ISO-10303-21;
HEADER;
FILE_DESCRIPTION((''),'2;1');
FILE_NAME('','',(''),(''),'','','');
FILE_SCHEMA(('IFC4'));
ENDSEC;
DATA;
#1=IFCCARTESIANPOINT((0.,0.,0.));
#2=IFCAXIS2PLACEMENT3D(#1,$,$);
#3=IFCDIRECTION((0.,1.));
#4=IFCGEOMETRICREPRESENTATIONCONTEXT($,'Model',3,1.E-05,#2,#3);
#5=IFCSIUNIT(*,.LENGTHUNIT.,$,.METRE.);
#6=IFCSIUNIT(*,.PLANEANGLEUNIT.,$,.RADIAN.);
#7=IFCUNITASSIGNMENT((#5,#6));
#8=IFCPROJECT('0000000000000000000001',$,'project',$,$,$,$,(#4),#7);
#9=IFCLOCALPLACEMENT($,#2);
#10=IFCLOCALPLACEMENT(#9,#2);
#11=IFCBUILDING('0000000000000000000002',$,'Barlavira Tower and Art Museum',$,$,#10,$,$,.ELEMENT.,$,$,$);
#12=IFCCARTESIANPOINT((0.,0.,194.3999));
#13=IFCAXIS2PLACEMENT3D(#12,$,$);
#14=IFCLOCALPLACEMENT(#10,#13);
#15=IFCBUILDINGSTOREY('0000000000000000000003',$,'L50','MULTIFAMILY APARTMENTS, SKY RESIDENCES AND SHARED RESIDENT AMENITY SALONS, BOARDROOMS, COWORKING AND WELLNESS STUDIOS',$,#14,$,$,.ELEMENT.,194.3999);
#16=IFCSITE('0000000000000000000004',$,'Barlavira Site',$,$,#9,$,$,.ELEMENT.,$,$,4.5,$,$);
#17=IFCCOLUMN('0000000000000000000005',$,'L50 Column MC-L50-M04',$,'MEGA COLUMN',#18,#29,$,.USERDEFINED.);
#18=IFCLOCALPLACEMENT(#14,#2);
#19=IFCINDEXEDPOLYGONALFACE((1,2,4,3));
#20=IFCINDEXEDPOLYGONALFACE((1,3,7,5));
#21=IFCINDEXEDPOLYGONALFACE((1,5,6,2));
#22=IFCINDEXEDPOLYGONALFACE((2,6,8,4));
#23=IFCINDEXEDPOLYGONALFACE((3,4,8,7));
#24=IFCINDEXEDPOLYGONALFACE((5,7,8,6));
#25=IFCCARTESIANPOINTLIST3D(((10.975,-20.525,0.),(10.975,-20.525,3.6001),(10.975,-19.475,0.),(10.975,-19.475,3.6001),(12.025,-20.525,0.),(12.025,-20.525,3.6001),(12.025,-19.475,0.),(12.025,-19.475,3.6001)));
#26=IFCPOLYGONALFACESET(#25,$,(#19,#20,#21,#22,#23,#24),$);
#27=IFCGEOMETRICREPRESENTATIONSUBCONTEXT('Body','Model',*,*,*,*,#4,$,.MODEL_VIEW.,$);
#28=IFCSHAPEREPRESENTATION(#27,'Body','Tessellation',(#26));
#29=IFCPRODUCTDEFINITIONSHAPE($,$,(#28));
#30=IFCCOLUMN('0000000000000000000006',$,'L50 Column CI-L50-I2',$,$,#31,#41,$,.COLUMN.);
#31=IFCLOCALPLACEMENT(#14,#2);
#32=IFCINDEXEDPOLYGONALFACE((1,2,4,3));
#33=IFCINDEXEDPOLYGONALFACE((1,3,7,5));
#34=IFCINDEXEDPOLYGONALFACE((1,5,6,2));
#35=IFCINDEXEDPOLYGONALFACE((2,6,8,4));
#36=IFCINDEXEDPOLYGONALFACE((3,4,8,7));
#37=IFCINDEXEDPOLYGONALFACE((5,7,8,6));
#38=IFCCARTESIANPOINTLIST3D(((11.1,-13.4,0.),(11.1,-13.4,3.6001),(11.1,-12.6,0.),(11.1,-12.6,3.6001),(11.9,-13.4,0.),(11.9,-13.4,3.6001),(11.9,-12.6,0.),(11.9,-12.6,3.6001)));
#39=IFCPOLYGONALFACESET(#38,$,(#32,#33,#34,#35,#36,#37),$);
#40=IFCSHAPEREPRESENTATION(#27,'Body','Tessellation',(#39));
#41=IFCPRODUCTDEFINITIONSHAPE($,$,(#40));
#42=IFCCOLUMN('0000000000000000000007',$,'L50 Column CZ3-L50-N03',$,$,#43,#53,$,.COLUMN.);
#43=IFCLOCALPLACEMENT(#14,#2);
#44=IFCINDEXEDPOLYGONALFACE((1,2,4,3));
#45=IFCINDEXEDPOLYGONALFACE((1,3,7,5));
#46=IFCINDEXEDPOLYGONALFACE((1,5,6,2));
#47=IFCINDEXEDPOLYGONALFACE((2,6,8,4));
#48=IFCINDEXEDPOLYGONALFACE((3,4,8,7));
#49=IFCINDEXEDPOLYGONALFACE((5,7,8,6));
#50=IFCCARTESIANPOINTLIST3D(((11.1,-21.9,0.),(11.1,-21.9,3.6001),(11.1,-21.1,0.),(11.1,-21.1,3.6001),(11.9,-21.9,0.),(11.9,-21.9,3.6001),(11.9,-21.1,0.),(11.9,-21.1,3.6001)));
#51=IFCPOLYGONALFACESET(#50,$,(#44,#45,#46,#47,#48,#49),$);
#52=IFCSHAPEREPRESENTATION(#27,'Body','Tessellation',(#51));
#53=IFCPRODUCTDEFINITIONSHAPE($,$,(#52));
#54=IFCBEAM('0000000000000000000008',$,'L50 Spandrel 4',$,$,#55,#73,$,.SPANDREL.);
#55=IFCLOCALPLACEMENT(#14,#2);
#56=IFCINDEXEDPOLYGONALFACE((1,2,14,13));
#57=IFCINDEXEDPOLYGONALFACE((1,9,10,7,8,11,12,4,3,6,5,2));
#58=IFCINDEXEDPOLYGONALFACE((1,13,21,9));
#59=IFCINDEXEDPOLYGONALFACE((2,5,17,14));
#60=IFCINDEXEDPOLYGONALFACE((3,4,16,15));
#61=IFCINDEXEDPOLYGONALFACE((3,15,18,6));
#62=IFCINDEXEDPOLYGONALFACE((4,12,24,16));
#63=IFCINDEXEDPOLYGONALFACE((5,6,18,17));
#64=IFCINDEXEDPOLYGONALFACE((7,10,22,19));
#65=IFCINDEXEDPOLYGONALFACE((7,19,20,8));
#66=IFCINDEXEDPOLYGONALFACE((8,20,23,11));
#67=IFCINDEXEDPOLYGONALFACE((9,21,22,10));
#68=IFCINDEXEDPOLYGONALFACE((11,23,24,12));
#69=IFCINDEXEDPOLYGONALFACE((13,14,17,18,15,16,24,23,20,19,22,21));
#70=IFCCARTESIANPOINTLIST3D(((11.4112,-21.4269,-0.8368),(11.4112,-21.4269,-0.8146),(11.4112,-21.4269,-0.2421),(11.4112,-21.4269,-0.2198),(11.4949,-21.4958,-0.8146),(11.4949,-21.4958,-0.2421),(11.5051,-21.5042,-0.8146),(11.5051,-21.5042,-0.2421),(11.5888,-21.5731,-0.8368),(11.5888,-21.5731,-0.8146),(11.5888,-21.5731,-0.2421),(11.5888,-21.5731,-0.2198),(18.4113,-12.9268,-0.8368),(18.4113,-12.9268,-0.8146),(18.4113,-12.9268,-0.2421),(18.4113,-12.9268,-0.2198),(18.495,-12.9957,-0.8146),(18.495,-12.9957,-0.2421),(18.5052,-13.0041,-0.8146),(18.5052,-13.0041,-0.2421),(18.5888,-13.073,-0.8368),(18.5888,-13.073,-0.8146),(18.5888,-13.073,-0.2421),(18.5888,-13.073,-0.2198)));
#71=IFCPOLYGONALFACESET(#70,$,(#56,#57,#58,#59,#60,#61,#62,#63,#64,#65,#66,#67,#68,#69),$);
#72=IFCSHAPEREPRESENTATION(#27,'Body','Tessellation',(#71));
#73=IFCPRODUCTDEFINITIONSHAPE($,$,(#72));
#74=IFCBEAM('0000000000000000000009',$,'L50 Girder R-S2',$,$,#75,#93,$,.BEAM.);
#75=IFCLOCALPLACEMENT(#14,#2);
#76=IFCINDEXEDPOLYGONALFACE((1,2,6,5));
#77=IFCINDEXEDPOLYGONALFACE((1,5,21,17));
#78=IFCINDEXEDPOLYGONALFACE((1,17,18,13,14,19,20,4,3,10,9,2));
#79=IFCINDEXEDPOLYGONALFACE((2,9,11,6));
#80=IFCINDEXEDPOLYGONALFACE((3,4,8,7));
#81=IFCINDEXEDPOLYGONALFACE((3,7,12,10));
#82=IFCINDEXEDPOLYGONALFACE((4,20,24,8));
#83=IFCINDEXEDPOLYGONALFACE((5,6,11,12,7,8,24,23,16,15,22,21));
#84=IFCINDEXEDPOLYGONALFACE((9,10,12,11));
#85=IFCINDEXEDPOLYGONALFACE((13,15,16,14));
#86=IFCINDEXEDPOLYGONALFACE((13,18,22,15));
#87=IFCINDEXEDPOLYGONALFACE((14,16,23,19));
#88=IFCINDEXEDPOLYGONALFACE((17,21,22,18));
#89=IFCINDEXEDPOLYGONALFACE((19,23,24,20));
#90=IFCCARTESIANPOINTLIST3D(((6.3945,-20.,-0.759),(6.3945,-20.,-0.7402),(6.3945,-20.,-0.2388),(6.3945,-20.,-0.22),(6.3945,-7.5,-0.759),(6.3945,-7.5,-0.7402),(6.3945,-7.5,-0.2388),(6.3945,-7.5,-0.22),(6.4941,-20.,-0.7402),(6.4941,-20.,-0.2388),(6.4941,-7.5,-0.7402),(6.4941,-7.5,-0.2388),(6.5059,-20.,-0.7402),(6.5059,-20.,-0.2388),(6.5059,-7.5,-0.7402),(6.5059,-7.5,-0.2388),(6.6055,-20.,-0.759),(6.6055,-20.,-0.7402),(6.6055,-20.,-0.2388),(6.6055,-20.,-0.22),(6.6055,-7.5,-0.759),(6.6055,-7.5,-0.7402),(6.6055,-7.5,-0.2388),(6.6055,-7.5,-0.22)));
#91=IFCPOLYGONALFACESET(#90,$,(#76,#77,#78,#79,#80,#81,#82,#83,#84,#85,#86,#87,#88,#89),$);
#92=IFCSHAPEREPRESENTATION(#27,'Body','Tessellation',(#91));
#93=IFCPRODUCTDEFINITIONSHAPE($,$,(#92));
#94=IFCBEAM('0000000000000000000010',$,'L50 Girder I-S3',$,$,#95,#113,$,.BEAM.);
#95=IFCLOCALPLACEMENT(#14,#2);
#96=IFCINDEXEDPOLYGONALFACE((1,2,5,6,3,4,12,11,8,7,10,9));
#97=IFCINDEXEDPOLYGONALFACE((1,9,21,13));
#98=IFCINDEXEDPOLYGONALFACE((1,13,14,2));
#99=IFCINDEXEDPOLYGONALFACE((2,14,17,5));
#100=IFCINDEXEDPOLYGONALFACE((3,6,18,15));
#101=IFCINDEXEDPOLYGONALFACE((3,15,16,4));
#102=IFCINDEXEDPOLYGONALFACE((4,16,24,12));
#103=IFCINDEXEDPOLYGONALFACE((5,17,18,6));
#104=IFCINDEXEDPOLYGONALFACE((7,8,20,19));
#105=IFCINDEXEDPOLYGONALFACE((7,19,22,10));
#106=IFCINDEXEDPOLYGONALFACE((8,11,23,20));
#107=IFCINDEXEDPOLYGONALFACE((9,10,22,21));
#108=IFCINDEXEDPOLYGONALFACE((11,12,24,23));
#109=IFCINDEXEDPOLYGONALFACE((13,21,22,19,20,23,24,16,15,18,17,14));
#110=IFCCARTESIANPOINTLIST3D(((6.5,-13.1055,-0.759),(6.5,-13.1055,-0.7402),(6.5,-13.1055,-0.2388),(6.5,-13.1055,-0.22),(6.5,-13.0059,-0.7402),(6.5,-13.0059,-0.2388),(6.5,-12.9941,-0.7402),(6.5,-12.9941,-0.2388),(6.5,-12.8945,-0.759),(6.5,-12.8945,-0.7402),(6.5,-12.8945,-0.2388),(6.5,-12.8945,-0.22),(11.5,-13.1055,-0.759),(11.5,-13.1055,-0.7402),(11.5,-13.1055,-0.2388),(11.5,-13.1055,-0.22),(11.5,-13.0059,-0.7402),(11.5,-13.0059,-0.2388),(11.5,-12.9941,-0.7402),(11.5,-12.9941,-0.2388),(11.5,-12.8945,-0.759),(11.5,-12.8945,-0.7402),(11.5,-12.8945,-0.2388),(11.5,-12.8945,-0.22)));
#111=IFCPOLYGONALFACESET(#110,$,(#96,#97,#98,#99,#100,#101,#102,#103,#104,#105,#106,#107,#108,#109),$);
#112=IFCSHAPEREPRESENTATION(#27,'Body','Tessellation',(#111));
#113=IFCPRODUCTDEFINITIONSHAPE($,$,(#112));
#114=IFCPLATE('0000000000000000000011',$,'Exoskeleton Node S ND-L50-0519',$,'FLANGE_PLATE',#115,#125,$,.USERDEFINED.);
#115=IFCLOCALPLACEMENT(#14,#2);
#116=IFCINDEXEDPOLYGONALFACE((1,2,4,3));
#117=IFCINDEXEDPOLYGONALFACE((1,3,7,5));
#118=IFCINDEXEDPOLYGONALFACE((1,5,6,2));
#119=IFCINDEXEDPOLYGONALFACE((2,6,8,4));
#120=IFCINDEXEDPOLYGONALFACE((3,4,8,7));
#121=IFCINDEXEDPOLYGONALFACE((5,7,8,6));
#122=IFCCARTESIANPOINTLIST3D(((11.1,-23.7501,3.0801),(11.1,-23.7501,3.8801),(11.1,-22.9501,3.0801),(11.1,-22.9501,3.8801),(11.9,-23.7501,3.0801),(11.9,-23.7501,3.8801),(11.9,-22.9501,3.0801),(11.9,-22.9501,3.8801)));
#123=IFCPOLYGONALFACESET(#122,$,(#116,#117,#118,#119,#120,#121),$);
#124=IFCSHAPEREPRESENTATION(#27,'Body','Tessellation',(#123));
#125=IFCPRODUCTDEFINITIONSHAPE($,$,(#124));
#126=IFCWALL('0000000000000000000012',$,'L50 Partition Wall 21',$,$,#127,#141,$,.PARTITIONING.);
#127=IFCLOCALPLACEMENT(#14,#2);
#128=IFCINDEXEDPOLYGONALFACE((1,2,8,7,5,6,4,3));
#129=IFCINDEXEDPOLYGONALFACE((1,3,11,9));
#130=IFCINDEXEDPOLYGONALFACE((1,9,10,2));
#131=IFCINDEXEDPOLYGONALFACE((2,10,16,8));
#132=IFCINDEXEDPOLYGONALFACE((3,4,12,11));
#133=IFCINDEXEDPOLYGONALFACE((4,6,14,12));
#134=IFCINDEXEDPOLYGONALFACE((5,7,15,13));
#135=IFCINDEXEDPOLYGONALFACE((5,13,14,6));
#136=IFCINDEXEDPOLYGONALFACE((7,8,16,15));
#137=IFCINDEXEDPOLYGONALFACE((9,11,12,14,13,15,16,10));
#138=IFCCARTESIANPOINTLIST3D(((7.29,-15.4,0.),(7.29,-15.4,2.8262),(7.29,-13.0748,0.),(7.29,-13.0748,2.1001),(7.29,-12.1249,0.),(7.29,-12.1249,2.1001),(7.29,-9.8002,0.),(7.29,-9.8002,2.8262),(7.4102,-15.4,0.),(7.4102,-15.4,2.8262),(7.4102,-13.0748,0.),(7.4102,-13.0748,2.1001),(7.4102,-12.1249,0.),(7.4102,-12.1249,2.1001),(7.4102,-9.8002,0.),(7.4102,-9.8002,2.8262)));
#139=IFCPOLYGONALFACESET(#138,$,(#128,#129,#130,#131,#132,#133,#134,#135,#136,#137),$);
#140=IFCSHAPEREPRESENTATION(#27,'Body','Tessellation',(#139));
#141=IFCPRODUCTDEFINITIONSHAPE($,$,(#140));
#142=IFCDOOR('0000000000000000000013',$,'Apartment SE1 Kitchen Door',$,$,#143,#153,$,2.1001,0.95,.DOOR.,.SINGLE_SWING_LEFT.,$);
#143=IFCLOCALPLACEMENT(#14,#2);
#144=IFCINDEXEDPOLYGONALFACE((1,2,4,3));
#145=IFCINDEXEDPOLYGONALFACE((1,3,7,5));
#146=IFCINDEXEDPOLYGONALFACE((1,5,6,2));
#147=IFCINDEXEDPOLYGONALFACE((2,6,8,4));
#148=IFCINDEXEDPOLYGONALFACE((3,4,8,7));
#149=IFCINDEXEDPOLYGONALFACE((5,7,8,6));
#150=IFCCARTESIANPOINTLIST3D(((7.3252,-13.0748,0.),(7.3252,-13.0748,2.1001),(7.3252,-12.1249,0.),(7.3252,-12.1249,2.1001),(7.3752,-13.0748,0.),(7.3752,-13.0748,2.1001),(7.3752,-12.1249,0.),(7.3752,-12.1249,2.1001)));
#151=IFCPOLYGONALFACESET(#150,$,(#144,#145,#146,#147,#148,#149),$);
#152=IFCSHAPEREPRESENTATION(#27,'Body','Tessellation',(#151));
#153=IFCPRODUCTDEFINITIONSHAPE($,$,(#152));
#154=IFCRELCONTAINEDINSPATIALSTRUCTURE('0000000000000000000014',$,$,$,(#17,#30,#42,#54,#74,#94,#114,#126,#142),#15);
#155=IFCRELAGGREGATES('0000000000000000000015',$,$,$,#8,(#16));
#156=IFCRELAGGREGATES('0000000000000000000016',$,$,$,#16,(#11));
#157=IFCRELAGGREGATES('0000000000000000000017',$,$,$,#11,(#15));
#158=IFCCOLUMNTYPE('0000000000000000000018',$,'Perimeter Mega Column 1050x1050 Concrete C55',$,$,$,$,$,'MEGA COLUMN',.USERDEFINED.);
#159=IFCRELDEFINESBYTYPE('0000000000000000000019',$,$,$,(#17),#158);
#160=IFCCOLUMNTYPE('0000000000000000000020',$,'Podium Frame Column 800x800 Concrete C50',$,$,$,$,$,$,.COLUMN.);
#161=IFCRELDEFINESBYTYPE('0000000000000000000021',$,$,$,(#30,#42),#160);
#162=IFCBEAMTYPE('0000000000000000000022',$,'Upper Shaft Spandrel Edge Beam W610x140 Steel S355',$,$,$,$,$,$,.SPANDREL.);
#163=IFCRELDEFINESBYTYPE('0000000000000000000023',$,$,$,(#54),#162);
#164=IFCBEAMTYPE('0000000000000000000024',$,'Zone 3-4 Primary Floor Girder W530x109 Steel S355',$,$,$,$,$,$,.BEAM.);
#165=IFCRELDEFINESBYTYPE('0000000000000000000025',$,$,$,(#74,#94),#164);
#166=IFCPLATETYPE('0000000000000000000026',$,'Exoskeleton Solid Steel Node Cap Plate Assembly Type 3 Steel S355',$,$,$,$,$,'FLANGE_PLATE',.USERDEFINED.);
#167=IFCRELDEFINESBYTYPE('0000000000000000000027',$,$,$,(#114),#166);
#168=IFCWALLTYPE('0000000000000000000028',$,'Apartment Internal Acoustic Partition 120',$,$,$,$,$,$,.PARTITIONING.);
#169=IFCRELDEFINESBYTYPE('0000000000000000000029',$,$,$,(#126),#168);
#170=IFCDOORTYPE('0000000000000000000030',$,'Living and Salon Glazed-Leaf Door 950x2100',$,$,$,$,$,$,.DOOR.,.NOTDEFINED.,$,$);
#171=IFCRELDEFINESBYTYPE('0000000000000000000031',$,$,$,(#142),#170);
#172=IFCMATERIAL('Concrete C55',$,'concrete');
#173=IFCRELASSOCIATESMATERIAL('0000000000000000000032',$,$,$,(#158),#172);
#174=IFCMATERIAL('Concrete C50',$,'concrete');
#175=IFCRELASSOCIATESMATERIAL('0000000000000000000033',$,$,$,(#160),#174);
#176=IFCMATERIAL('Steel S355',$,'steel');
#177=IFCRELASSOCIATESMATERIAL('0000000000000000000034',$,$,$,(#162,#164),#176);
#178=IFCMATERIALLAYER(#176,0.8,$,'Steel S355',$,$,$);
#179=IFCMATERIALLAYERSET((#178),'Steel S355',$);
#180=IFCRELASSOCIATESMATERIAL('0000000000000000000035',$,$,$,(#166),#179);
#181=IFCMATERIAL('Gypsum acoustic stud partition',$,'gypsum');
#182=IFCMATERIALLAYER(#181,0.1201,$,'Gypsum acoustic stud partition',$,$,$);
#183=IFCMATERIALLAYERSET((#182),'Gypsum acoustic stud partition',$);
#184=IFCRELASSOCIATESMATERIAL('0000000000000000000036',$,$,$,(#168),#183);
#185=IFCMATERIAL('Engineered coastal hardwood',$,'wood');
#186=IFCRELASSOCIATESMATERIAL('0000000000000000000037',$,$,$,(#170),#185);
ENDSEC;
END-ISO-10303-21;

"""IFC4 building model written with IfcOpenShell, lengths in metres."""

from ifc_helpers import new_model, si_unit, direction, frame, frame_2d, origin, origin_2d, place, context, subcontext, project, spatial, rectangle, i_section, extrude, material, layer, layer_set, material_profile, profile_set, type_object, element, fill, save


model = new_model("IFC4")

# Units and contexts
model_context = context("Model", 3, precision=1e-05, world=origin(), true_north=direction((0.0, 1.0)))
body_context = subcontext(model_context, "Body", "Model", "MODEL_VIEW")
ifc_project = project(units=[si_unit("LENGTHUNIT", "METRE"), si_unit("PLANEANGLEUNIT", "RADIAN")], contexts=[model_context])

# Site, building, storey
site_placement = place(None, origin())
site = spatial("IfcSite", under=ifc_project, at=site_placement, Name="Barlavira Site", CompositionType="ELEMENT", RefElevation=4.5)
building_placement = place(site_placement, origin())
building = spatial("IfcBuilding", under=site, at=building_placement, Name="Barlavira Tower and Art Museum", CompositionType="ELEMENT")
storey_placement = place(building_placement, frame((0.0, 0.0, 194.3999)))
storey = spatial("IfcBuildingStorey", under=building, at=storey_placement, Name="L50", Description="MULTIFAMILY APARTMENTS, SKY RESIDENCES AND SHARED RESIDENT AMENITY SALONS, BOARDROOMS, COWORKING AND WELLNESS STUDIOS", CompositionType="ELEMENT", Elevation=194.3999)

# Columns
ifc_material_1 = material(Name="Concrete C55", Category="concrete")
ifc_material_profile_1 = material_profile(ifc_material_1, rectangle(XDim=1.05, YDim=1.05, at=origin_2d()), Name="RC-COL 1050x1050")
ifc_profile_set_1 = profile_set([ifc_material_profile_1], Name="Concrete C55")
column_type_1 = type_object("IfcColumnType", Name="Perimeter Mega Column 1050x1050 Concrete C55", ElementType="MEGA COLUMN", PredefinedType="USERDEFINED", material=ifc_profile_set_1)
column_placement = place(storey_placement, frame((11.5, -20.0, 0.0), z_axis=(0.0, 0.0, 1.0), x_axis=(1.0, 0.0, 0.0)))
element("IfcColumn", 1, at=column_placement, inside=storey, type_object=column_type_1, Name="L50 Column MC-L50-M04", ObjectType="MEGA COLUMN", PredefinedType="USERDEFINED", context=body_context, shape_type="SweptSolid", body=[
    extrude(rectangle(XDim=1.05, YDim=1.05, at=origin_2d()), origin(), (0.0, 0.0, 1.0), 3.6001),
])
ifc_material_2 = material(Name="Concrete C50", Category="concrete")
ifc_material_profile_2 = material_profile(ifc_material_2, rectangle(XDim=0.8, YDim=0.8, at=origin_2d()), Name="RC-COL 800x800")
ifc_profile_set_2 = profile_set([ifc_material_profile_2], Name="Concrete C50")
column_type_2 = type_object("IfcColumnType", Name="Podium Frame Column 800x800 Concrete C50", PredefinedType="COLUMN", material=ifc_profile_set_2)
for number, where, z_axis, x_axis, name in (
    (2, (11.5, -13.0, 0.0), (0.0, 0.0, 1.0), (1.0, 0.0, 0.0), "L50 Column CI-L50-I2"),
    (3, (11.5, -21.5, 0.0), (0.0, 0.0, 1.0), (1.0, 0.0, 0.0), "L50 Column CZ3-L50-N03"),
):
    element("IfcColumn", number, at=place(storey_placement, frame(where, z_axis=z_axis, x_axis=x_axis)), inside=storey, type_object=column_type_2, Name=name, PredefinedType="COLUMN", context=body_context, shape_type="SweptSolid", body=[
        extrude(rectangle(XDim=0.8, YDim=0.8, at=origin_2d()), origin(), (0.0, 0.0, 1.0), 3.6001),
    ])

# Beams
ifc_material_3 = material(Name="Steel S355", Category="steel")
ifc_material_profile_3 = material_profile(ifc_material_3, i_section(OverallWidth=0.23, OverallDepth=0.6169, WebThickness=0.0132, FlangeThickness=0.0222, at=origin_2d()), Name="W610x140.0")
ifc_profile_set_3 = profile_set([ifc_material_profile_3], Name="Steel S355")
beam_type_1 = type_object("IfcBeamType", Name="Upper Shaft Spandrel Edge Beam W610x140 Steel S355", PredefinedType="SPANDREL", material=ifc_profile_set_3)
beam_1_placement = place(storey_placement, frame((11.5, -21.5, -0.5283), z_axis=(0.635707, 0.77193, 0.0), x_axis=(-0.77193, 0.635707, 0.0)))
element("IfcBeam", 4, at=beam_1_placement, inside=storey, type_object=beam_type_1, Name="L50 Spandrel 4", PredefinedType="SPANDREL", context=body_context, shape_type="SweptSolid", body=[
    extrude(i_section(OverallWidth=0.23, OverallDepth=0.6169, WebThickness=0.0132, FlangeThickness=0.0222, at=origin_2d()), origin(), (0.0, 0.0, 1.0), 11.0115),
])
ifc_material_profile_4 = material_profile(ifc_material_3, i_section(OverallWidth=0.2109, OverallDepth=0.5391, WebThickness=0.0117, FlangeThickness=0.0188, at=origin_2d()), Name="W530x109.0")
ifc_profile_set_4 = profile_set([ifc_material_profile_4], Name="Steel S355")
beam_type_2 = type_object("IfcBeamType", Name="Zone 3-4 Primary Floor Girder W530x109 Steel S355", PredefinedType="BEAM", material=ifc_profile_set_4)
beam_2_placement = place(storey_placement, frame((6.5, -20.0, -0.4895), z_axis=(0.0, 1.0, 0.0), x_axis=(-1.0, 0.0, 0.0)))
element("IfcBeam", 5, at=beam_2_placement, inside=storey, type_object=beam_type_2, Name="L50 Girder R-S2", PredefinedType="BEAM", context=body_context, shape_type="SweptSolid", body=[
    extrude(i_section(OverallWidth=0.2109, OverallDepth=0.5391, WebThickness=0.0117, FlangeThickness=0.0188, at=origin_2d()), origin(), (0.0, 0.0, 1.0), 12.5),
])
beam_3_placement = place(storey_placement, frame((6.5, -13.0, -0.4895), z_axis=(1.0, 0.0, 0.0), x_axis=(0.0, 1.0, 0.0)))
element("IfcBeam", 6, at=beam_3_placement, inside=storey, type_object=beam_type_2, Name="L50 Girder I-S3", PredefinedType="BEAM", context=body_context, shape_type="SweptSolid", body=[
    extrude(i_section(OverallWidth=0.2109, OverallDepth=0.5391, WebThickness=0.0117, FlangeThickness=0.0188, at=origin_2d()), origin(), (0.0, 0.0, 1.0), 5.0),
])

# Plate
ifc_layer_1 = layer(ifc_material_3, 0.8, Name="Steel S355")
ifc_layer_set_1 = layer_set([ifc_layer_1], Name="Steel S355")
plate_type = type_object("IfcPlateType", Name="Exoskeleton Solid Steel Node Cap Plate Assembly Type 3 Steel S355", ElementType="FLANGE_PLATE", PredefinedType="USERDEFINED", material=ifc_layer_set_1)
plate_placement = place(storey_placement, frame((11.5, -23.3501, 3.0801), z_axis=(0.0, 0.0, 1.0), x_axis=(1.0, 0.0, 0.0)))
element("IfcPlate", 7, at=plate_placement, inside=storey, type_object=plate_type, Name="Exoskeleton Node S ND-L50-0519", ObjectType="FLANGE_PLATE", PredefinedType="USERDEFINED", context=body_context, shape_type="SweptSolid", body=[
    extrude(rectangle(XDim=0.8, YDim=0.8, at=origin_2d()), origin(), (0.0, 0.0, 1.0), 0.8),
])

# Wall, opening, door
ifc_material_4 = material(Name="Gypsum acoustic stud partition", Category="gypsum")
ifc_layer_2 = layer(ifc_material_4, 0.1201, Name="Gypsum acoustic stud partition")
ifc_layer_set_2 = layer_set([ifc_layer_2], Name="Gypsum acoustic stud partition")
wall_type_1 = type_object("IfcWallType", Name="Apartment Internal Acoustic Partition 120", PredefinedType="PARTITIONING", material=ifc_layer_set_2)
wall_1_placement = place(storey_placement, frame((7.3501, -15.3999, 0.0), z_axis=(0.0, 0.0, 1.0), x_axis=(0.0, 1.0, 0.0)))
wall_1 = element("IfcWall", 8, at=wall_1_placement, inside=storey, type_object=wall_type_1, Name="L50 Partition Wall 21", PredefinedType="PARTITIONING", context=body_context, shape_type="SweptSolid", body=[
    extrude(rectangle(XDim=5.5999, YDim=0.1201, at=frame_2d((2.7998, 0.0))), origin(), (0.0, 0.0, 1.0), 2.8262),
])
opening_1_placement = place(wall_1_placement, frame((2.325, 0.0, 0.0)))
opening_1 = element("IfcOpeningElement", 9, at=opening_1_placement, cuts=wall_1, PredefinedType="OPENING", context=body_context, shape_type="SweptSolid", body=[
    extrude(rectangle(XDim=0.95, YDim=2.1001, at=frame_2d((0.4751, 1.05))), frame((0.0, 0.0701, 0.0), z_axis=(0.0, -1.0, 0.0), x_axis=(1.0, 0.0, 0.0)), (0.0, 0.0, 1.0), 0.1401),
])
ifc_material_5 = material(Name="Engineered coastal hardwood", Category="wood")
door_type_1 = type_object("IfcDoorType", Name="Living and Salon Glazed-Leaf Door 950x2100", OperationType="NOTDEFINED", PredefinedType="DOOR", material=ifc_material_5)
door_1_placement = place(opening_1_placement, origin())
door_1 = element("IfcDoor", 10, at=door_1_placement, inside=storey, type_object=door_type_1, Name="Apartment SE1 Kitchen Door", OperationType="SINGLE_SWING_LEFT", OverallHeight=2.1001, OverallWidth=0.95, PredefinedType="DOOR", context=body_context, shape_type="SweptSolid", body=[
    extrude(rectangle(XDim=0.95, YDim=2.1001, at=frame_2d((0.4751, 1.05))), frame((0.0, 0.0249, 0.0), z_axis=(0.0, -1.0, 0.0), x_axis=(1.0, 0.0, 0.0)), (0.0, 0.0, 1.0), 0.05),
])
fill(opening_1, door_1)

save(model, "model.ifc")
